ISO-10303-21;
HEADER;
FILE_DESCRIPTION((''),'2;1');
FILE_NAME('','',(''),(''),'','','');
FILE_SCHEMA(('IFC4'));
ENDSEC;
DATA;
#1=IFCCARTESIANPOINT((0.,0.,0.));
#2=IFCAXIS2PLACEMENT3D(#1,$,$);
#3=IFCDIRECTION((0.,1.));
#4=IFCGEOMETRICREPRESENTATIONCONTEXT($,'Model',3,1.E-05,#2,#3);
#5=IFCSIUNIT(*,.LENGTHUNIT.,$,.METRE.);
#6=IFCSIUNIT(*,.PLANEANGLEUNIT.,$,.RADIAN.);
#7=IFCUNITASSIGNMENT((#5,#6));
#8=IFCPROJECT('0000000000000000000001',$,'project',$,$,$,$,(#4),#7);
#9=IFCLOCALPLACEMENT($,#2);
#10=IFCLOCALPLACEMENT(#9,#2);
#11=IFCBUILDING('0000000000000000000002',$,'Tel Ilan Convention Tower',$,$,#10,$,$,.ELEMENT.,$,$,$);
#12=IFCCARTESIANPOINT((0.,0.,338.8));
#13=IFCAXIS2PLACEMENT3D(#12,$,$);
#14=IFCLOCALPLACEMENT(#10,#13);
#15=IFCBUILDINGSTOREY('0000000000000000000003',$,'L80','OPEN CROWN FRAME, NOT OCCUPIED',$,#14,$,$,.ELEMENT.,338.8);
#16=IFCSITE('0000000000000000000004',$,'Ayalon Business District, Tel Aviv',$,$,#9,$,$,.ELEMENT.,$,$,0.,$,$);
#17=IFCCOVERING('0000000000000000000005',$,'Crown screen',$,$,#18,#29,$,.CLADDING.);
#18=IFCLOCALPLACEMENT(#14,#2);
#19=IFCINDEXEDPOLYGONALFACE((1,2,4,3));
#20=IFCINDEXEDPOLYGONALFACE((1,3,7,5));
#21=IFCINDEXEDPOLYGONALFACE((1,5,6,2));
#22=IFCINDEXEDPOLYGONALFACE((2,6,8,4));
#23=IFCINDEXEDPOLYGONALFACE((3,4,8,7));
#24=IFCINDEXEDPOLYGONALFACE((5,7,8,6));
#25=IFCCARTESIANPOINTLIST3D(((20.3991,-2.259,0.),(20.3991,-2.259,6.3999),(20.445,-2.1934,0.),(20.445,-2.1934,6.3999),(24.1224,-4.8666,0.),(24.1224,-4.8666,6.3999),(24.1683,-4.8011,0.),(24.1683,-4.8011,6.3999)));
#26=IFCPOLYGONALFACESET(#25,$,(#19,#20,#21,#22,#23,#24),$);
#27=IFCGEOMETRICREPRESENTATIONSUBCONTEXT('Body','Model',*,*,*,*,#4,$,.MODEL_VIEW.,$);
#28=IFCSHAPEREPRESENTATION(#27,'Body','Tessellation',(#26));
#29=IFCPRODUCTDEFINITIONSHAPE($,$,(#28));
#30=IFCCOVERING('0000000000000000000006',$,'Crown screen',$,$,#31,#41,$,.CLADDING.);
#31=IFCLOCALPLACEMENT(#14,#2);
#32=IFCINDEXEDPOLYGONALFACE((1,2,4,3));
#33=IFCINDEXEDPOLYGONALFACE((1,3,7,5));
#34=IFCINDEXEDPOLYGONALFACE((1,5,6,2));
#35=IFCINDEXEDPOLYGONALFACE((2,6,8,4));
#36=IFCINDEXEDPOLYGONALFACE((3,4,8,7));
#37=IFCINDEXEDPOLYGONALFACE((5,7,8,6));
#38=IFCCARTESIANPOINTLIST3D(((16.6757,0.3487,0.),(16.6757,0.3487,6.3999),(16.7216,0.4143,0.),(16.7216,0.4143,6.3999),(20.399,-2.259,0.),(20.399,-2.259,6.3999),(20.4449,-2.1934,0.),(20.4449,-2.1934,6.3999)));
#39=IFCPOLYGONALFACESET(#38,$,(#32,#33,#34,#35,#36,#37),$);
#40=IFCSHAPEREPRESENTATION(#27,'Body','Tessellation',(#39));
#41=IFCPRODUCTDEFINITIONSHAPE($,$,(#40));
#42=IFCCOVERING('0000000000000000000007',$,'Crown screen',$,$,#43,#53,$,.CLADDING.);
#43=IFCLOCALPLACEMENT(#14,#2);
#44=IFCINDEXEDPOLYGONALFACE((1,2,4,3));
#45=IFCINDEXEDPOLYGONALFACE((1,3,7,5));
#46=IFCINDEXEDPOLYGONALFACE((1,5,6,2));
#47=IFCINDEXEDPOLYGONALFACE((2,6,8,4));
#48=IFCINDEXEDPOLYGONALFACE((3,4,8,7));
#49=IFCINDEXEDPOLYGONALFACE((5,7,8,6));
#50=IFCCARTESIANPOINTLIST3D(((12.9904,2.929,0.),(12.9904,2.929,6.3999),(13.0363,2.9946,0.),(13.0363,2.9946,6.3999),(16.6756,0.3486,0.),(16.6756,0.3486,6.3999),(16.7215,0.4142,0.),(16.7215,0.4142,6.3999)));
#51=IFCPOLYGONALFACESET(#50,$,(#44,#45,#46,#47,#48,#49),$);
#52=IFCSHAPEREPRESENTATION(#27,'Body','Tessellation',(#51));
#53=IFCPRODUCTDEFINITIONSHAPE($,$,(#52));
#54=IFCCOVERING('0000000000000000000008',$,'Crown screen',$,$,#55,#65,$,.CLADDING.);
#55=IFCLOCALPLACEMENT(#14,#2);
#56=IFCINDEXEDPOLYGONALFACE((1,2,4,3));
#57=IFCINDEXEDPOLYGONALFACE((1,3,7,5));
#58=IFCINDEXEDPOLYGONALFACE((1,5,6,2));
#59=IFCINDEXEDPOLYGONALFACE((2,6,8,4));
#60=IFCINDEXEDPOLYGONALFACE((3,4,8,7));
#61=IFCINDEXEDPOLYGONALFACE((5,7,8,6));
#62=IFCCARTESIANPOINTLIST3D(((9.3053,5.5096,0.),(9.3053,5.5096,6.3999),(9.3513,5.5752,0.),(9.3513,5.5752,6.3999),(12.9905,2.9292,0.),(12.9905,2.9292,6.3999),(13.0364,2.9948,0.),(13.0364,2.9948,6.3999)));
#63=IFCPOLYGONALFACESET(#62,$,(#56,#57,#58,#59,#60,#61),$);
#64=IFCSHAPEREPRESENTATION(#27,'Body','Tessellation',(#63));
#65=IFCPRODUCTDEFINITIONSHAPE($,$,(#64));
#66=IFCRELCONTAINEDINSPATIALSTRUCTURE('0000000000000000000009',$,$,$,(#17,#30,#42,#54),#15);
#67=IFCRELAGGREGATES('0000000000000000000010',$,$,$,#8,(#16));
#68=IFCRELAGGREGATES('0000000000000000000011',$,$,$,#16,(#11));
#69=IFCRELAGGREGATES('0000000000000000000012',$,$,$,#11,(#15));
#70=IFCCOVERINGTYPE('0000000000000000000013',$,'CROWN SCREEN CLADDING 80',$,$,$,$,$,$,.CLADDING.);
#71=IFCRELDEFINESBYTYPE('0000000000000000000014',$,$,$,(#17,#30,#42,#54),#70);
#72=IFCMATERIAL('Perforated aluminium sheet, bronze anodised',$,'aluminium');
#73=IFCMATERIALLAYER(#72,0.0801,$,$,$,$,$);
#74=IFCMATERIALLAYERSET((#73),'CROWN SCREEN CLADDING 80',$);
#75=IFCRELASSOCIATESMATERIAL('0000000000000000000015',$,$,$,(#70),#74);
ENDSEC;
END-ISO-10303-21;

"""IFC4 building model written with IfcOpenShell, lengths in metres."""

from ifc_helpers import new_model, si_unit, direction, frame, origin, origin_2d, place, context, subcontext, project, spatial, rectangle, extrude, material, layer, layer_set, type_object, element, save


model = new_model("IFC4")

# Units and contexts
model_context = context("Model", 3, precision=1e-05, world=origin(), true_north=direction((0.0, 1.0)))
body_context = subcontext(model_context, "Body", "Model", "MODEL_VIEW")
ifc_project = project(units=[si_unit("LENGTHUNIT", "METRE"), si_unit("PLANEANGLEUNIT", "RADIAN")], contexts=[model_context])

# Site, building, storey
site_placement = place(None, origin())
site = spatial("IfcSite", under=ifc_project, at=site_placement, Name="Ayalon Business District, Tel Aviv", CompositionType="ELEMENT", RefElevation=0.0)
building_placement = place(site_placement, origin())
building = spatial("IfcBuilding", under=site, at=building_placement, Name="Tel Ilan Convention Tower", CompositionType="ELEMENT")
storey_placement = place(building_placement, frame((0.0, 0.0, 338.8)))
storey = spatial("IfcBuildingStorey", under=building, at=storey_placement, Name="L80", Description="OPEN CROWN FRAME, NOT OCCUPIED", CompositionType="ELEMENT", Elevation=338.8)

# Coverings
ifc_material_1 = material(Name="Perforated aluminium sheet, bronze anodised", Category="aluminium")
ifc_layer_1 = layer(ifc_material_1, 0.0801)
ifc_layer_set_1 = layer_set([ifc_layer_1], Name="CROWN SCREEN CLADDING 80")
covering_type = type_object("IfcCoveringType", Name="CROWN SCREEN CLADDING 80", PredefinedType="CLADDING", material=ifc_layer_set_1)
for number, where, z_axis, x_axis, name in (
    (1, (22.2837, -3.53, 0.0), (0.0, 0.0, 1.0), (-0.819096, 0.573656, 0.0), "Crown screen"),
    (2, (18.5603, -0.9224, 0.0), (0.0, 0.0, 1.0), (-0.819096, 0.573656, 0.0), "Crown screen"),
):
    element("IfcCovering", number, at=place(storey_placement, frame(where, z_axis=z_axis, x_axis=x_axis)), inside=storey, type_object=covering_type, Name=name, PredefinedType="CLADDING", context=body_context, shape_type="SweptSolid", body=[
        extrude(rectangle(XDim=4.5457, YDim=0.0801, at=origin_2d()), origin(), (0.0, 0.0, 1.0), 6.3999),
    ])
for number, where, z_axis, x_axis, name in (
    (3, (14.856, 1.6716, 0.0), (0.0, 0.0, 1.0), (-0.819148, 0.573582, 0.0), "Crown screen"),
    (4, (11.1709, 4.2522, 0.0), (0.0, 0.0, 1.0), (-0.819148, 0.573582, 0.0), "Crown screen"),
):
    element("IfcCovering", number, at=place(storey_placement, frame(where, z_axis=z_axis, x_axis=x_axis)), inside=storey, type_object=covering_type, Name=name, PredefinedType="CLADDING", context=body_context, shape_type="SweptSolid", body=[
        extrude(rectangle(XDim=4.4988, YDim=0.0801, at=origin_2d()), origin(), (0.0, 0.0, 1.0), 6.3999),
    ])

save(model, "model.ifc")
